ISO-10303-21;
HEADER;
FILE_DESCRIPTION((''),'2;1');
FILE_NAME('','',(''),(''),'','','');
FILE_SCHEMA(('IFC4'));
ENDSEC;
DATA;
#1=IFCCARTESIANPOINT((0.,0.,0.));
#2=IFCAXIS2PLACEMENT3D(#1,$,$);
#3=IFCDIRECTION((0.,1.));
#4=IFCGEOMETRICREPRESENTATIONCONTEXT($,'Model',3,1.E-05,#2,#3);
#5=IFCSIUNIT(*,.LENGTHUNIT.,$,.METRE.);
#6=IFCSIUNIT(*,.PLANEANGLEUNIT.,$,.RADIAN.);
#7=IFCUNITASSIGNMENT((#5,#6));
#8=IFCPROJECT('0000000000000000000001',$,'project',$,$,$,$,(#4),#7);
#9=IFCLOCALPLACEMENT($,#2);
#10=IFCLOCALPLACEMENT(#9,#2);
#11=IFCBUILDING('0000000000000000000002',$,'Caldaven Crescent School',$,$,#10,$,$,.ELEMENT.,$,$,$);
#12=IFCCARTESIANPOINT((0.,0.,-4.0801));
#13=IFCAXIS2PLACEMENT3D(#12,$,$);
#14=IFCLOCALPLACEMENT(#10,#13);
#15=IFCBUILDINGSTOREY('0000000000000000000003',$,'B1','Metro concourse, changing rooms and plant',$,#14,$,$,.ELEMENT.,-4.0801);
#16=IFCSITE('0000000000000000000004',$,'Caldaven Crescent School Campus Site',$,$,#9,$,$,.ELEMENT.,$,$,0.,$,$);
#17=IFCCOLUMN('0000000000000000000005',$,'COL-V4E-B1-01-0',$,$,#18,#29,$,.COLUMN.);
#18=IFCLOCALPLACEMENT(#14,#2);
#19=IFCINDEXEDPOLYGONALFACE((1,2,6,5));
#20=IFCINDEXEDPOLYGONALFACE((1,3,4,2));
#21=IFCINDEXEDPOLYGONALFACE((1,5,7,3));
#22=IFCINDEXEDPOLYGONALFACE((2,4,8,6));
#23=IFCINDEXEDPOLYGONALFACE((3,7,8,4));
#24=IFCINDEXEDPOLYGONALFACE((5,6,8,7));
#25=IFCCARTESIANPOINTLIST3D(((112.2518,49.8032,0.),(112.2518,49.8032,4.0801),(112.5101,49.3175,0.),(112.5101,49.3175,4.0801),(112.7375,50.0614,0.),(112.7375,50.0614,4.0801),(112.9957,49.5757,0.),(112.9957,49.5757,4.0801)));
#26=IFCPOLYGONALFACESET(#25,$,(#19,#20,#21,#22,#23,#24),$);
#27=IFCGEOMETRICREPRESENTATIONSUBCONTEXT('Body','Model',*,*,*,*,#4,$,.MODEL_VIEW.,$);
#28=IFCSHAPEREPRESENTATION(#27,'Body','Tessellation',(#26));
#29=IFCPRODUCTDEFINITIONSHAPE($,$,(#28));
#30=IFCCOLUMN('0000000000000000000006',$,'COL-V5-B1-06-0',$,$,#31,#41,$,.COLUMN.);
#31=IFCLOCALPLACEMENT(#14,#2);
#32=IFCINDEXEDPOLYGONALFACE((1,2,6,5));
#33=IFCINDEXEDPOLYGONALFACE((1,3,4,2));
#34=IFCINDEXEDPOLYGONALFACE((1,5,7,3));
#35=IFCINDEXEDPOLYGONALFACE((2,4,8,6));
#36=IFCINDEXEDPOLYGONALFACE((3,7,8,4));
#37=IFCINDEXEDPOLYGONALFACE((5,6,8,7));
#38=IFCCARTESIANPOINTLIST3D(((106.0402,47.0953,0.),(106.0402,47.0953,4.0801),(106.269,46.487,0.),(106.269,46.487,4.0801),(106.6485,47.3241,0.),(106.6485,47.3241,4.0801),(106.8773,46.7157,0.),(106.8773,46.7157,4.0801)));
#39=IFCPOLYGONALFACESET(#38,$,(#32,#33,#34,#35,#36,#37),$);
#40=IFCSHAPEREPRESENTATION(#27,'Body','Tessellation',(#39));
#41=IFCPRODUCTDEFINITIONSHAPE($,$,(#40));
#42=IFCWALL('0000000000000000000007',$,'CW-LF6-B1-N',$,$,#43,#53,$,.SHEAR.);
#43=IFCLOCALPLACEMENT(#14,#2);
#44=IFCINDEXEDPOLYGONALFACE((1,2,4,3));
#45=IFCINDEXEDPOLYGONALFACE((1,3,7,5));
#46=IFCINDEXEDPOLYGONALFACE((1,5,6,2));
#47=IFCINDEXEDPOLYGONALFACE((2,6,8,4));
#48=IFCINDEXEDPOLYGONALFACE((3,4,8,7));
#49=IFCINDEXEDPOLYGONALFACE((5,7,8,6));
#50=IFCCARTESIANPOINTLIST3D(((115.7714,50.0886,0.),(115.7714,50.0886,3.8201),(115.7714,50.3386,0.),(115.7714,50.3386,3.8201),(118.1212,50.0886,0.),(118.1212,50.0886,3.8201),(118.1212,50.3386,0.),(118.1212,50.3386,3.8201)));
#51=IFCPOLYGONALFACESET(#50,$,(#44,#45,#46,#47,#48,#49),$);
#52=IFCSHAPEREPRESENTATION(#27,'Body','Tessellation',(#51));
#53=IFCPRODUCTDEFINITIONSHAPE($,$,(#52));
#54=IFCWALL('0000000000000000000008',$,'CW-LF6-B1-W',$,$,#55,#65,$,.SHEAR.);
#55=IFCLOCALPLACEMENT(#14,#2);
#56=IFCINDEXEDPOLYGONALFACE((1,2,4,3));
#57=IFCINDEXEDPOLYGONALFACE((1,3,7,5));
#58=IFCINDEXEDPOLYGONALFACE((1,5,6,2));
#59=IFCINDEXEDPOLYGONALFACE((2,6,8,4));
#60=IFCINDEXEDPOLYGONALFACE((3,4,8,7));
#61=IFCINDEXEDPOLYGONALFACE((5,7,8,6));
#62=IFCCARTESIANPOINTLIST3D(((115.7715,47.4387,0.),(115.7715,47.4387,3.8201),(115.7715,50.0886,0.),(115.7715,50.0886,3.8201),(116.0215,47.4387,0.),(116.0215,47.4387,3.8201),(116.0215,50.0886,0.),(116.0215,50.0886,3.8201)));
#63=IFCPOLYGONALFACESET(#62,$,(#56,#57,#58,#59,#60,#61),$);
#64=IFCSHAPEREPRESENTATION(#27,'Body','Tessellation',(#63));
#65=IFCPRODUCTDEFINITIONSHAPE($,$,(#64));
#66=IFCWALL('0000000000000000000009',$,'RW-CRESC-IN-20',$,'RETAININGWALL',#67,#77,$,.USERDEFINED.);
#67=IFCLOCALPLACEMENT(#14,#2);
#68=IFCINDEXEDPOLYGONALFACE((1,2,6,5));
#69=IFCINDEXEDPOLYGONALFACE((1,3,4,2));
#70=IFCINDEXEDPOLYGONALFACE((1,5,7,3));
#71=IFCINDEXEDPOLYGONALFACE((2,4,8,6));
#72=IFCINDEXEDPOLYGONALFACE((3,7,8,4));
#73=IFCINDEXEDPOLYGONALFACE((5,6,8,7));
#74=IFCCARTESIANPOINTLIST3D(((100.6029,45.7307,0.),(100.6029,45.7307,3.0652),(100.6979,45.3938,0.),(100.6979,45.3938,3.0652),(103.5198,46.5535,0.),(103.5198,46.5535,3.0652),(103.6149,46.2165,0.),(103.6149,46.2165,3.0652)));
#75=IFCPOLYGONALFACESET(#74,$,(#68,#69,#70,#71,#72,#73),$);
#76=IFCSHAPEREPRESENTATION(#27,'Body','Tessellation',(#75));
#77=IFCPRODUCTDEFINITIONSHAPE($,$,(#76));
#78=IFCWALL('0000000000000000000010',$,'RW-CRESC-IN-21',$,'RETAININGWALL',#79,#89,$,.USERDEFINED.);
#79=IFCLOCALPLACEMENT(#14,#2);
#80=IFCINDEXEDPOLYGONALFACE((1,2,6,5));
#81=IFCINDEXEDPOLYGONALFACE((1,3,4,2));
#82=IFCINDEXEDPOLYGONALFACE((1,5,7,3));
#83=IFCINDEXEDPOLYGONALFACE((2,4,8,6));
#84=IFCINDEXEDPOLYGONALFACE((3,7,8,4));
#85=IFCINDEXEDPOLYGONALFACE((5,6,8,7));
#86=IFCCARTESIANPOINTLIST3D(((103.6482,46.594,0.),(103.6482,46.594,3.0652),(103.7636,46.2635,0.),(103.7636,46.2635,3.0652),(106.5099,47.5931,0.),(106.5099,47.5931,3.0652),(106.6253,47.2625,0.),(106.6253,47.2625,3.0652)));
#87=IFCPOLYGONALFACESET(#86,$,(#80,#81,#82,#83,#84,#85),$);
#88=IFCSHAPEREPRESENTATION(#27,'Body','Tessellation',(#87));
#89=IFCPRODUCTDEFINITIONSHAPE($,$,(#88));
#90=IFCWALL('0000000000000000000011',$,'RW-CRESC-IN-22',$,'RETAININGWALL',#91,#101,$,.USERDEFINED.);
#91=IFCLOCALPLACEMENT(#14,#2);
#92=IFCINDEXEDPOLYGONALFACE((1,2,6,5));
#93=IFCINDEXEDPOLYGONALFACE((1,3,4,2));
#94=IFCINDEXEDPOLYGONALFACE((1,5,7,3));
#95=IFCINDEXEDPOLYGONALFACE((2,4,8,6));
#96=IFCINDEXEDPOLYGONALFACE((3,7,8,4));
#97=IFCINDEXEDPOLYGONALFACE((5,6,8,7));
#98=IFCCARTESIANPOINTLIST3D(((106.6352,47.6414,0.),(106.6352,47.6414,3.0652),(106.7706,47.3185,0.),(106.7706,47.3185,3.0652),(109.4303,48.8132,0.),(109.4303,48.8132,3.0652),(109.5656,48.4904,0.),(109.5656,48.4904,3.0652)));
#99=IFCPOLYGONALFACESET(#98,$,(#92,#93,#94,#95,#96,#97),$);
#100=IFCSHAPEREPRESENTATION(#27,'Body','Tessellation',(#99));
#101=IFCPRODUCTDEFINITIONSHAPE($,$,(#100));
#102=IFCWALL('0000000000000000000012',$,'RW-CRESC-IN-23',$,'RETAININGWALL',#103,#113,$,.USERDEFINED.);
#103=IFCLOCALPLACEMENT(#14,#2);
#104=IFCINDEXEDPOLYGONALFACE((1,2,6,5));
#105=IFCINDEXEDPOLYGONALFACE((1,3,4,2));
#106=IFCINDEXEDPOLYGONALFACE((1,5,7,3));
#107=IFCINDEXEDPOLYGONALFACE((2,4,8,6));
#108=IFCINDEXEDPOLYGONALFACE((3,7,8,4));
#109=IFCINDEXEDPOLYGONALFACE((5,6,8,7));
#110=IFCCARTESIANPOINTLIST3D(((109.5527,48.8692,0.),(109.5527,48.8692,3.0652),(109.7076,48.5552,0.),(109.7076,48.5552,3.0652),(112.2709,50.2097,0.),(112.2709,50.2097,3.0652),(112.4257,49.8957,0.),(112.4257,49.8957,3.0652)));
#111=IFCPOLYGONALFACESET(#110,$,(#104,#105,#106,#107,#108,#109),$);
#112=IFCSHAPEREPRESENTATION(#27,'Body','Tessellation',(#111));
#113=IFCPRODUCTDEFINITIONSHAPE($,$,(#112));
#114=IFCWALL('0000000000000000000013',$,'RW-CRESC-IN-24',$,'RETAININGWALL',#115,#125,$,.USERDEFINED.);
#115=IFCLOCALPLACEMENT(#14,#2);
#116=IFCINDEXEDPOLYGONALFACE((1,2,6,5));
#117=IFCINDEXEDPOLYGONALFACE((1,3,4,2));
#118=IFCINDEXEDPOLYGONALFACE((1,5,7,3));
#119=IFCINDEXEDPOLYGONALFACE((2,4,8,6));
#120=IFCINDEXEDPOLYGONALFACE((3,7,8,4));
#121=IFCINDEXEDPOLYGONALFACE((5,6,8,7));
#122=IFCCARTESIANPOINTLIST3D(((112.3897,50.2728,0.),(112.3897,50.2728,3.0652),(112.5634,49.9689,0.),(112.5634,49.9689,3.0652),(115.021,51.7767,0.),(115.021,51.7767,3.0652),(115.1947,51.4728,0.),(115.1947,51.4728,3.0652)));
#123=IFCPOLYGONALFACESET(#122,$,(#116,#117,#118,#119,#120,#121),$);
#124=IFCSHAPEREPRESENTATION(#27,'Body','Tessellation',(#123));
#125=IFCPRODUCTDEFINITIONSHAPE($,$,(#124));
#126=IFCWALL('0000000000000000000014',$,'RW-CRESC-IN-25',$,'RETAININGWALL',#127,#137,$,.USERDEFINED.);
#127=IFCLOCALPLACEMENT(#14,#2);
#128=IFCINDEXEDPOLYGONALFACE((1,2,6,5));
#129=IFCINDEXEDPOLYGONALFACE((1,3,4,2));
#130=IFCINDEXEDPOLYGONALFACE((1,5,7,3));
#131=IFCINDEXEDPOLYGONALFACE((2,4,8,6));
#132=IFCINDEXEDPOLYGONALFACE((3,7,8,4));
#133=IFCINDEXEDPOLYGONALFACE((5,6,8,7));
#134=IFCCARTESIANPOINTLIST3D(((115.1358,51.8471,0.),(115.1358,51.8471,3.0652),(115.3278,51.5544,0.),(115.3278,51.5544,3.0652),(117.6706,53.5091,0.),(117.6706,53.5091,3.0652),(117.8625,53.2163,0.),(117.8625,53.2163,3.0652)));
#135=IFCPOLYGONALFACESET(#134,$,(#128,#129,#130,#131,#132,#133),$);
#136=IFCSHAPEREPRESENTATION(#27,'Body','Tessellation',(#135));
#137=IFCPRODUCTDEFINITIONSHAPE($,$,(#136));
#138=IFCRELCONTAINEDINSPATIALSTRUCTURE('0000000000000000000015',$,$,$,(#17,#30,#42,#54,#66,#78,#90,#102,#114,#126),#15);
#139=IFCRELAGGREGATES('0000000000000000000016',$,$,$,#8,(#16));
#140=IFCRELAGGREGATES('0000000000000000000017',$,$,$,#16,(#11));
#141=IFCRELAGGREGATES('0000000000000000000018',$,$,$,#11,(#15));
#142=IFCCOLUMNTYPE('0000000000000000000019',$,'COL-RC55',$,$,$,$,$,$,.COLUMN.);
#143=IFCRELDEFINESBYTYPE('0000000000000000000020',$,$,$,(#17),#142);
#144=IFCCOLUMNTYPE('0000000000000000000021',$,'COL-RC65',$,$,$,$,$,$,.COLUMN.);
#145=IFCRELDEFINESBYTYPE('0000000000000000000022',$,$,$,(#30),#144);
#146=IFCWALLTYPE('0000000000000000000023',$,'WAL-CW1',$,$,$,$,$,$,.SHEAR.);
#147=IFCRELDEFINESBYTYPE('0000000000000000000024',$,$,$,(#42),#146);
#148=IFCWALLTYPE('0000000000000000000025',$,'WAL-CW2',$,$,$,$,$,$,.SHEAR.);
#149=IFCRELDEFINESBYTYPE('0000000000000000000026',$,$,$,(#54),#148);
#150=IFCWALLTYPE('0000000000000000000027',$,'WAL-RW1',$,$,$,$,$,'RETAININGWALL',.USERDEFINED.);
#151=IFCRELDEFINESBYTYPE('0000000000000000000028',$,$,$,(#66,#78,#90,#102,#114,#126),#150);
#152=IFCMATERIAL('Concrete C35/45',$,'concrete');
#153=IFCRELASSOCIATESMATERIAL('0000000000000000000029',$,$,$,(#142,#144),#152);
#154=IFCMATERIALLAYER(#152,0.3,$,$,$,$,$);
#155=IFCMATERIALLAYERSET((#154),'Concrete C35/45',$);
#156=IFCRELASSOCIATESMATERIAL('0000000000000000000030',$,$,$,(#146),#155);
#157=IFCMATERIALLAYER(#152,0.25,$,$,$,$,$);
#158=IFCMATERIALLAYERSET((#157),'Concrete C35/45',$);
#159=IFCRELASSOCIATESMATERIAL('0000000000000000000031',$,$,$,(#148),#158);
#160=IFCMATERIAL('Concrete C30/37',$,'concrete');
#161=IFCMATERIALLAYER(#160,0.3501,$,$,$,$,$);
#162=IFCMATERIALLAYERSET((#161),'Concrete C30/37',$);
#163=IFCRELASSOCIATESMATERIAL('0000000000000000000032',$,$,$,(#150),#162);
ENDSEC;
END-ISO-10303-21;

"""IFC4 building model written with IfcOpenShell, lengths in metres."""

from ifc_helpers import new_model, si_unit, direction, frame, frame_2d, origin, origin_2d, place, context, subcontext, project, spatial, rectangle, extrude, material, layer, layer_set, material_profile, profile_set, type_object, element, save


model = new_model("IFC4")

# Units and contexts
model_context = context("Model", 3, precision=1e-05, world=origin(), true_north=direction((0.0, 1.0)))
body_context = subcontext(model_context, "Body", "Model", "MODEL_VIEW")
ifc_project = project(units=[si_unit("LENGTHUNIT", "METRE"), si_unit("PLANEANGLEUNIT", "RADIAN")], contexts=[model_context])

# Site, building, storey
site_placement = place(None, origin())
site = spatial("IfcSite", under=ifc_project, at=site_placement, Name="Caldaven Crescent School Campus Site", CompositionType="ELEMENT", RefElevation=0.0)
building_placement = place(site_placement, origin())
building = spatial("IfcBuilding", under=site, at=building_placement, Name="Caldaven Crescent School", CompositionType="ELEMENT")
storey_placement = place(building_placement, frame((0.0, 0.0, -4.0801)))
storey = spatial("IfcBuildingStorey", under=building, at=storey_placement, Name="B1", Description="Metro concourse, changing rooms and plant", CompositionType="ELEMENT", Elevation=-4.0801)

# Shared definitions
ifc_material_1 = material(Name="Concrete C30/37", Category="concrete")
ifc_material_2 = material(Name="Concrete C35/45", Category="concrete")

# Columns
ifc_material_profile_1 = material_profile(ifc_material_2, rectangle(XDim=0.55, YDim=0.55, at=origin_2d()), Name="RC 550x550")
ifc_profile_set_1 = profile_set([ifc_material_profile_1], Name="Concrete C35/45")
column_type_1 = type_object("IfcColumnType", Name="COL-RC55", PredefinedType="COLUMN", material=ifc_profile_set_1)
for number, where, z_axis, x_axis, name in (
    (1, (112.6238, 49.6895, 0.0), (0.0, 0.0, 1.0), (0.469472, -0.882948, 0.0), "COL-V4E-B1-01-0"),
):
    element("IfcColumn", number, at=place(storey_placement, frame(where, z_axis=z_axis, x_axis=x_axis)), inside=storey, type_object=column_type_1, Name=name, PredefinedType="COLUMN", context=body_context, shape_type="SweptSolid", body=[
        extrude(rectangle(XDim=0.55, YDim=0.55, at=origin_2d()), origin(), (0.0, 0.0, 1.0), 4.0801),
    ])
ifc_material_profile_2 = material_profile(ifc_material_2, rectangle(XDim=0.6499, YDim=0.6499, at=origin_2d()), Name="RC 650x650")
ifc_profile_set_2 = profile_set([ifc_material_profile_2], Name="Concrete C35/45")
column_type_2 = type_object("IfcColumnType", Name="COL-RC65", PredefinedType="COLUMN", material=ifc_profile_set_2)
column_placement = place(storey_placement, frame((106.4587, 46.9055, 0.0), z_axis=(0.0, 0.0, 1.0), x_axis=(0.352005, -0.935998, 0.0)))
element("IfcColumn", 2, at=column_placement, inside=storey, type_object=column_type_2, Name="COL-V5-B1-06-0", PredefinedType="COLUMN", context=body_context, shape_type="SweptSolid", body=[
    extrude(rectangle(XDim=0.6499, YDim=0.6499, at=origin_2d()), origin(), (0.0, 0.0, 1.0), 4.0801),
])

# Wall
ifc_layer_1 = layer(ifc_material_2, 0.3)
ifc_layer_set_1 = layer_set([ifc_layer_1], Name="Concrete C35/45")
wall_type_1 = type_object("IfcWallType", Name="WAL-CW1", PredefinedType="SHEAR", material=ifc_layer_set_1)
wall_1_placement = place(storey_placement, frame((115.7715, 50.2136, 0.0), z_axis=(0.0, 0.0, 1.0), x_axis=(1.0, 0.0, 0.0)))
element("IfcWall", 3, at=wall_1_placement, inside=storey, type_object=wall_type_1, Name="CW-LF6-B1-N", PredefinedType="SHEAR", context=body_context, shape_type="SweptSolid", body=[
    extrude(rectangle(XDim=2.3499, YDim=0.25, at=frame_2d((1.1748, 0.0))), origin(), (0.0, 0.0, 1.0), 3.8201),
])

# Walls
ifc_layer_2 = layer(ifc_material_2, 0.25)
ifc_layer_set_2 = layer_set([ifc_layer_2], Name="Concrete C35/45")
wall_type_2 = type_object("IfcWallType", Name="WAL-CW2", PredefinedType="SHEAR", material=ifc_layer_set_2)
wall_2_placement = place(storey_placement, frame((115.8965, 47.4387, 0.0), z_axis=(0.0, 0.0, 1.0), x_axis=(0.0, 1.0, 0.0)))
element("IfcWall", 4, at=wall_2_placement, inside=storey, type_object=wall_type_2, Name="CW-LF6-B1-W", PredefinedType="SHEAR", context=body_context, shape_type="SweptSolid", body=[
    extrude(rectangle(XDim=2.6499, YDim=0.25, at=frame_2d((1.325, 0.0))), origin(), (0.0, 0.0, 1.0), 3.8201),
])
ifc_layer_3 = layer(ifc_material_1, 0.3501)
ifc_layer_set_3 = layer_set([ifc_layer_3], Name="Concrete C30/37")
wall_type_3 = type_object("IfcWallType", Name="WAL-RW1", ElementType="RETAININGWALL", PredefinedType="USERDEFINED", material=ifc_layer_set_3)
wall_3_placement = place(storey_placement, frame((100.6504, 45.5623, 0.0), z_axis=(0.0, 0.0, 1.0), x_axis=(0.962449, 0.271464, 0.0)))
element("IfcWall", 5, at=wall_3_placement, inside=storey, type_object=wall_type_3, Name="RW-CRESC-IN-20", ObjectType="RETAININGWALL", PredefinedType="USERDEFINED", context=body_context, shape_type="SweptSolid", body=[
    extrude(rectangle(XDim=3.0308, YDim=0.3501, at=frame_2d((1.5154, 0.0))), origin(), (0.0, 0.0, 1.0), 3.0652),
])
wall_4_placement = place(storey_placement, frame((103.7058, 46.4287, 0.0), z_axis=(0.0, 0.0, 1.0), x_axis=(0.944118, 0.329608, 0.0)))
element("IfcWall", 6, at=wall_4_placement, inside=storey, type_object=wall_type_3, Name="RW-CRESC-IN-21", ObjectType="RETAININGWALL", PredefinedType="USERDEFINED", context=body_context, shape_type="SweptSolid", body=[
    extrude(rectangle(XDim=3.031, YDim=0.3501, at=frame_2d((1.5156, 0.0))), origin(), (0.0, 0.0, 1.0), 3.0652),
])
for number, where, z_axis, x_axis, name in (
    (7, (106.7029, 47.48, 0.0), (0.0, 0.0, 1.0), (0.922229, 0.386645, 0.0), "RW-CRESC-IN-22"),
    (8, (109.6301, 48.7122, 0.0), (0.0, 0.0, 1.0), (0.896863, 0.442309, 0.0), "RW-CRESC-IN-23"),
    (9, (112.4766, 50.1208, 0.0), (0.0, 0.0, 1.0), (0.868203, 0.496208, 0.0), "RW-CRESC-IN-24"),
):
    element("IfcWall", number, at=place(storey_placement, frame(where, z_axis=z_axis, x_axis=x_axis)), inside=storey, type_object=wall_type_3, Name=name, ObjectType="RETAININGWALL", PredefinedType="USERDEFINED", context=body_context, shape_type="SweptSolid", body=[
        extrude(rectangle(XDim=3.0308, YDim=0.3501, at=frame_2d((1.5154, 0.0))), origin(), (0.0, 0.0, 1.0), 3.0652),
    ])
wall_5_placement = place(storey_placement, frame((115.2317, 51.7007, 0.0), z_axis=(0.0, 0.0, 1.0), x_axis=(0.836276, 0.548308, 0.0)))
element("IfcWall", 10, at=wall_5_placement, inside=storey, type_object=wall_type_3, Name="RW-CRESC-IN-25", ObjectType="RETAININGWALL", PredefinedType="USERDEFINED", context=body_context, shape_type="SweptSolid", body=[
    extrude(rectangle(XDim=3.031, YDim=0.3501, at=frame_2d((1.5156, 0.0))), origin(), (0.0, 0.0, 1.0), 3.0652),
])

save(model, "model.ifc")
